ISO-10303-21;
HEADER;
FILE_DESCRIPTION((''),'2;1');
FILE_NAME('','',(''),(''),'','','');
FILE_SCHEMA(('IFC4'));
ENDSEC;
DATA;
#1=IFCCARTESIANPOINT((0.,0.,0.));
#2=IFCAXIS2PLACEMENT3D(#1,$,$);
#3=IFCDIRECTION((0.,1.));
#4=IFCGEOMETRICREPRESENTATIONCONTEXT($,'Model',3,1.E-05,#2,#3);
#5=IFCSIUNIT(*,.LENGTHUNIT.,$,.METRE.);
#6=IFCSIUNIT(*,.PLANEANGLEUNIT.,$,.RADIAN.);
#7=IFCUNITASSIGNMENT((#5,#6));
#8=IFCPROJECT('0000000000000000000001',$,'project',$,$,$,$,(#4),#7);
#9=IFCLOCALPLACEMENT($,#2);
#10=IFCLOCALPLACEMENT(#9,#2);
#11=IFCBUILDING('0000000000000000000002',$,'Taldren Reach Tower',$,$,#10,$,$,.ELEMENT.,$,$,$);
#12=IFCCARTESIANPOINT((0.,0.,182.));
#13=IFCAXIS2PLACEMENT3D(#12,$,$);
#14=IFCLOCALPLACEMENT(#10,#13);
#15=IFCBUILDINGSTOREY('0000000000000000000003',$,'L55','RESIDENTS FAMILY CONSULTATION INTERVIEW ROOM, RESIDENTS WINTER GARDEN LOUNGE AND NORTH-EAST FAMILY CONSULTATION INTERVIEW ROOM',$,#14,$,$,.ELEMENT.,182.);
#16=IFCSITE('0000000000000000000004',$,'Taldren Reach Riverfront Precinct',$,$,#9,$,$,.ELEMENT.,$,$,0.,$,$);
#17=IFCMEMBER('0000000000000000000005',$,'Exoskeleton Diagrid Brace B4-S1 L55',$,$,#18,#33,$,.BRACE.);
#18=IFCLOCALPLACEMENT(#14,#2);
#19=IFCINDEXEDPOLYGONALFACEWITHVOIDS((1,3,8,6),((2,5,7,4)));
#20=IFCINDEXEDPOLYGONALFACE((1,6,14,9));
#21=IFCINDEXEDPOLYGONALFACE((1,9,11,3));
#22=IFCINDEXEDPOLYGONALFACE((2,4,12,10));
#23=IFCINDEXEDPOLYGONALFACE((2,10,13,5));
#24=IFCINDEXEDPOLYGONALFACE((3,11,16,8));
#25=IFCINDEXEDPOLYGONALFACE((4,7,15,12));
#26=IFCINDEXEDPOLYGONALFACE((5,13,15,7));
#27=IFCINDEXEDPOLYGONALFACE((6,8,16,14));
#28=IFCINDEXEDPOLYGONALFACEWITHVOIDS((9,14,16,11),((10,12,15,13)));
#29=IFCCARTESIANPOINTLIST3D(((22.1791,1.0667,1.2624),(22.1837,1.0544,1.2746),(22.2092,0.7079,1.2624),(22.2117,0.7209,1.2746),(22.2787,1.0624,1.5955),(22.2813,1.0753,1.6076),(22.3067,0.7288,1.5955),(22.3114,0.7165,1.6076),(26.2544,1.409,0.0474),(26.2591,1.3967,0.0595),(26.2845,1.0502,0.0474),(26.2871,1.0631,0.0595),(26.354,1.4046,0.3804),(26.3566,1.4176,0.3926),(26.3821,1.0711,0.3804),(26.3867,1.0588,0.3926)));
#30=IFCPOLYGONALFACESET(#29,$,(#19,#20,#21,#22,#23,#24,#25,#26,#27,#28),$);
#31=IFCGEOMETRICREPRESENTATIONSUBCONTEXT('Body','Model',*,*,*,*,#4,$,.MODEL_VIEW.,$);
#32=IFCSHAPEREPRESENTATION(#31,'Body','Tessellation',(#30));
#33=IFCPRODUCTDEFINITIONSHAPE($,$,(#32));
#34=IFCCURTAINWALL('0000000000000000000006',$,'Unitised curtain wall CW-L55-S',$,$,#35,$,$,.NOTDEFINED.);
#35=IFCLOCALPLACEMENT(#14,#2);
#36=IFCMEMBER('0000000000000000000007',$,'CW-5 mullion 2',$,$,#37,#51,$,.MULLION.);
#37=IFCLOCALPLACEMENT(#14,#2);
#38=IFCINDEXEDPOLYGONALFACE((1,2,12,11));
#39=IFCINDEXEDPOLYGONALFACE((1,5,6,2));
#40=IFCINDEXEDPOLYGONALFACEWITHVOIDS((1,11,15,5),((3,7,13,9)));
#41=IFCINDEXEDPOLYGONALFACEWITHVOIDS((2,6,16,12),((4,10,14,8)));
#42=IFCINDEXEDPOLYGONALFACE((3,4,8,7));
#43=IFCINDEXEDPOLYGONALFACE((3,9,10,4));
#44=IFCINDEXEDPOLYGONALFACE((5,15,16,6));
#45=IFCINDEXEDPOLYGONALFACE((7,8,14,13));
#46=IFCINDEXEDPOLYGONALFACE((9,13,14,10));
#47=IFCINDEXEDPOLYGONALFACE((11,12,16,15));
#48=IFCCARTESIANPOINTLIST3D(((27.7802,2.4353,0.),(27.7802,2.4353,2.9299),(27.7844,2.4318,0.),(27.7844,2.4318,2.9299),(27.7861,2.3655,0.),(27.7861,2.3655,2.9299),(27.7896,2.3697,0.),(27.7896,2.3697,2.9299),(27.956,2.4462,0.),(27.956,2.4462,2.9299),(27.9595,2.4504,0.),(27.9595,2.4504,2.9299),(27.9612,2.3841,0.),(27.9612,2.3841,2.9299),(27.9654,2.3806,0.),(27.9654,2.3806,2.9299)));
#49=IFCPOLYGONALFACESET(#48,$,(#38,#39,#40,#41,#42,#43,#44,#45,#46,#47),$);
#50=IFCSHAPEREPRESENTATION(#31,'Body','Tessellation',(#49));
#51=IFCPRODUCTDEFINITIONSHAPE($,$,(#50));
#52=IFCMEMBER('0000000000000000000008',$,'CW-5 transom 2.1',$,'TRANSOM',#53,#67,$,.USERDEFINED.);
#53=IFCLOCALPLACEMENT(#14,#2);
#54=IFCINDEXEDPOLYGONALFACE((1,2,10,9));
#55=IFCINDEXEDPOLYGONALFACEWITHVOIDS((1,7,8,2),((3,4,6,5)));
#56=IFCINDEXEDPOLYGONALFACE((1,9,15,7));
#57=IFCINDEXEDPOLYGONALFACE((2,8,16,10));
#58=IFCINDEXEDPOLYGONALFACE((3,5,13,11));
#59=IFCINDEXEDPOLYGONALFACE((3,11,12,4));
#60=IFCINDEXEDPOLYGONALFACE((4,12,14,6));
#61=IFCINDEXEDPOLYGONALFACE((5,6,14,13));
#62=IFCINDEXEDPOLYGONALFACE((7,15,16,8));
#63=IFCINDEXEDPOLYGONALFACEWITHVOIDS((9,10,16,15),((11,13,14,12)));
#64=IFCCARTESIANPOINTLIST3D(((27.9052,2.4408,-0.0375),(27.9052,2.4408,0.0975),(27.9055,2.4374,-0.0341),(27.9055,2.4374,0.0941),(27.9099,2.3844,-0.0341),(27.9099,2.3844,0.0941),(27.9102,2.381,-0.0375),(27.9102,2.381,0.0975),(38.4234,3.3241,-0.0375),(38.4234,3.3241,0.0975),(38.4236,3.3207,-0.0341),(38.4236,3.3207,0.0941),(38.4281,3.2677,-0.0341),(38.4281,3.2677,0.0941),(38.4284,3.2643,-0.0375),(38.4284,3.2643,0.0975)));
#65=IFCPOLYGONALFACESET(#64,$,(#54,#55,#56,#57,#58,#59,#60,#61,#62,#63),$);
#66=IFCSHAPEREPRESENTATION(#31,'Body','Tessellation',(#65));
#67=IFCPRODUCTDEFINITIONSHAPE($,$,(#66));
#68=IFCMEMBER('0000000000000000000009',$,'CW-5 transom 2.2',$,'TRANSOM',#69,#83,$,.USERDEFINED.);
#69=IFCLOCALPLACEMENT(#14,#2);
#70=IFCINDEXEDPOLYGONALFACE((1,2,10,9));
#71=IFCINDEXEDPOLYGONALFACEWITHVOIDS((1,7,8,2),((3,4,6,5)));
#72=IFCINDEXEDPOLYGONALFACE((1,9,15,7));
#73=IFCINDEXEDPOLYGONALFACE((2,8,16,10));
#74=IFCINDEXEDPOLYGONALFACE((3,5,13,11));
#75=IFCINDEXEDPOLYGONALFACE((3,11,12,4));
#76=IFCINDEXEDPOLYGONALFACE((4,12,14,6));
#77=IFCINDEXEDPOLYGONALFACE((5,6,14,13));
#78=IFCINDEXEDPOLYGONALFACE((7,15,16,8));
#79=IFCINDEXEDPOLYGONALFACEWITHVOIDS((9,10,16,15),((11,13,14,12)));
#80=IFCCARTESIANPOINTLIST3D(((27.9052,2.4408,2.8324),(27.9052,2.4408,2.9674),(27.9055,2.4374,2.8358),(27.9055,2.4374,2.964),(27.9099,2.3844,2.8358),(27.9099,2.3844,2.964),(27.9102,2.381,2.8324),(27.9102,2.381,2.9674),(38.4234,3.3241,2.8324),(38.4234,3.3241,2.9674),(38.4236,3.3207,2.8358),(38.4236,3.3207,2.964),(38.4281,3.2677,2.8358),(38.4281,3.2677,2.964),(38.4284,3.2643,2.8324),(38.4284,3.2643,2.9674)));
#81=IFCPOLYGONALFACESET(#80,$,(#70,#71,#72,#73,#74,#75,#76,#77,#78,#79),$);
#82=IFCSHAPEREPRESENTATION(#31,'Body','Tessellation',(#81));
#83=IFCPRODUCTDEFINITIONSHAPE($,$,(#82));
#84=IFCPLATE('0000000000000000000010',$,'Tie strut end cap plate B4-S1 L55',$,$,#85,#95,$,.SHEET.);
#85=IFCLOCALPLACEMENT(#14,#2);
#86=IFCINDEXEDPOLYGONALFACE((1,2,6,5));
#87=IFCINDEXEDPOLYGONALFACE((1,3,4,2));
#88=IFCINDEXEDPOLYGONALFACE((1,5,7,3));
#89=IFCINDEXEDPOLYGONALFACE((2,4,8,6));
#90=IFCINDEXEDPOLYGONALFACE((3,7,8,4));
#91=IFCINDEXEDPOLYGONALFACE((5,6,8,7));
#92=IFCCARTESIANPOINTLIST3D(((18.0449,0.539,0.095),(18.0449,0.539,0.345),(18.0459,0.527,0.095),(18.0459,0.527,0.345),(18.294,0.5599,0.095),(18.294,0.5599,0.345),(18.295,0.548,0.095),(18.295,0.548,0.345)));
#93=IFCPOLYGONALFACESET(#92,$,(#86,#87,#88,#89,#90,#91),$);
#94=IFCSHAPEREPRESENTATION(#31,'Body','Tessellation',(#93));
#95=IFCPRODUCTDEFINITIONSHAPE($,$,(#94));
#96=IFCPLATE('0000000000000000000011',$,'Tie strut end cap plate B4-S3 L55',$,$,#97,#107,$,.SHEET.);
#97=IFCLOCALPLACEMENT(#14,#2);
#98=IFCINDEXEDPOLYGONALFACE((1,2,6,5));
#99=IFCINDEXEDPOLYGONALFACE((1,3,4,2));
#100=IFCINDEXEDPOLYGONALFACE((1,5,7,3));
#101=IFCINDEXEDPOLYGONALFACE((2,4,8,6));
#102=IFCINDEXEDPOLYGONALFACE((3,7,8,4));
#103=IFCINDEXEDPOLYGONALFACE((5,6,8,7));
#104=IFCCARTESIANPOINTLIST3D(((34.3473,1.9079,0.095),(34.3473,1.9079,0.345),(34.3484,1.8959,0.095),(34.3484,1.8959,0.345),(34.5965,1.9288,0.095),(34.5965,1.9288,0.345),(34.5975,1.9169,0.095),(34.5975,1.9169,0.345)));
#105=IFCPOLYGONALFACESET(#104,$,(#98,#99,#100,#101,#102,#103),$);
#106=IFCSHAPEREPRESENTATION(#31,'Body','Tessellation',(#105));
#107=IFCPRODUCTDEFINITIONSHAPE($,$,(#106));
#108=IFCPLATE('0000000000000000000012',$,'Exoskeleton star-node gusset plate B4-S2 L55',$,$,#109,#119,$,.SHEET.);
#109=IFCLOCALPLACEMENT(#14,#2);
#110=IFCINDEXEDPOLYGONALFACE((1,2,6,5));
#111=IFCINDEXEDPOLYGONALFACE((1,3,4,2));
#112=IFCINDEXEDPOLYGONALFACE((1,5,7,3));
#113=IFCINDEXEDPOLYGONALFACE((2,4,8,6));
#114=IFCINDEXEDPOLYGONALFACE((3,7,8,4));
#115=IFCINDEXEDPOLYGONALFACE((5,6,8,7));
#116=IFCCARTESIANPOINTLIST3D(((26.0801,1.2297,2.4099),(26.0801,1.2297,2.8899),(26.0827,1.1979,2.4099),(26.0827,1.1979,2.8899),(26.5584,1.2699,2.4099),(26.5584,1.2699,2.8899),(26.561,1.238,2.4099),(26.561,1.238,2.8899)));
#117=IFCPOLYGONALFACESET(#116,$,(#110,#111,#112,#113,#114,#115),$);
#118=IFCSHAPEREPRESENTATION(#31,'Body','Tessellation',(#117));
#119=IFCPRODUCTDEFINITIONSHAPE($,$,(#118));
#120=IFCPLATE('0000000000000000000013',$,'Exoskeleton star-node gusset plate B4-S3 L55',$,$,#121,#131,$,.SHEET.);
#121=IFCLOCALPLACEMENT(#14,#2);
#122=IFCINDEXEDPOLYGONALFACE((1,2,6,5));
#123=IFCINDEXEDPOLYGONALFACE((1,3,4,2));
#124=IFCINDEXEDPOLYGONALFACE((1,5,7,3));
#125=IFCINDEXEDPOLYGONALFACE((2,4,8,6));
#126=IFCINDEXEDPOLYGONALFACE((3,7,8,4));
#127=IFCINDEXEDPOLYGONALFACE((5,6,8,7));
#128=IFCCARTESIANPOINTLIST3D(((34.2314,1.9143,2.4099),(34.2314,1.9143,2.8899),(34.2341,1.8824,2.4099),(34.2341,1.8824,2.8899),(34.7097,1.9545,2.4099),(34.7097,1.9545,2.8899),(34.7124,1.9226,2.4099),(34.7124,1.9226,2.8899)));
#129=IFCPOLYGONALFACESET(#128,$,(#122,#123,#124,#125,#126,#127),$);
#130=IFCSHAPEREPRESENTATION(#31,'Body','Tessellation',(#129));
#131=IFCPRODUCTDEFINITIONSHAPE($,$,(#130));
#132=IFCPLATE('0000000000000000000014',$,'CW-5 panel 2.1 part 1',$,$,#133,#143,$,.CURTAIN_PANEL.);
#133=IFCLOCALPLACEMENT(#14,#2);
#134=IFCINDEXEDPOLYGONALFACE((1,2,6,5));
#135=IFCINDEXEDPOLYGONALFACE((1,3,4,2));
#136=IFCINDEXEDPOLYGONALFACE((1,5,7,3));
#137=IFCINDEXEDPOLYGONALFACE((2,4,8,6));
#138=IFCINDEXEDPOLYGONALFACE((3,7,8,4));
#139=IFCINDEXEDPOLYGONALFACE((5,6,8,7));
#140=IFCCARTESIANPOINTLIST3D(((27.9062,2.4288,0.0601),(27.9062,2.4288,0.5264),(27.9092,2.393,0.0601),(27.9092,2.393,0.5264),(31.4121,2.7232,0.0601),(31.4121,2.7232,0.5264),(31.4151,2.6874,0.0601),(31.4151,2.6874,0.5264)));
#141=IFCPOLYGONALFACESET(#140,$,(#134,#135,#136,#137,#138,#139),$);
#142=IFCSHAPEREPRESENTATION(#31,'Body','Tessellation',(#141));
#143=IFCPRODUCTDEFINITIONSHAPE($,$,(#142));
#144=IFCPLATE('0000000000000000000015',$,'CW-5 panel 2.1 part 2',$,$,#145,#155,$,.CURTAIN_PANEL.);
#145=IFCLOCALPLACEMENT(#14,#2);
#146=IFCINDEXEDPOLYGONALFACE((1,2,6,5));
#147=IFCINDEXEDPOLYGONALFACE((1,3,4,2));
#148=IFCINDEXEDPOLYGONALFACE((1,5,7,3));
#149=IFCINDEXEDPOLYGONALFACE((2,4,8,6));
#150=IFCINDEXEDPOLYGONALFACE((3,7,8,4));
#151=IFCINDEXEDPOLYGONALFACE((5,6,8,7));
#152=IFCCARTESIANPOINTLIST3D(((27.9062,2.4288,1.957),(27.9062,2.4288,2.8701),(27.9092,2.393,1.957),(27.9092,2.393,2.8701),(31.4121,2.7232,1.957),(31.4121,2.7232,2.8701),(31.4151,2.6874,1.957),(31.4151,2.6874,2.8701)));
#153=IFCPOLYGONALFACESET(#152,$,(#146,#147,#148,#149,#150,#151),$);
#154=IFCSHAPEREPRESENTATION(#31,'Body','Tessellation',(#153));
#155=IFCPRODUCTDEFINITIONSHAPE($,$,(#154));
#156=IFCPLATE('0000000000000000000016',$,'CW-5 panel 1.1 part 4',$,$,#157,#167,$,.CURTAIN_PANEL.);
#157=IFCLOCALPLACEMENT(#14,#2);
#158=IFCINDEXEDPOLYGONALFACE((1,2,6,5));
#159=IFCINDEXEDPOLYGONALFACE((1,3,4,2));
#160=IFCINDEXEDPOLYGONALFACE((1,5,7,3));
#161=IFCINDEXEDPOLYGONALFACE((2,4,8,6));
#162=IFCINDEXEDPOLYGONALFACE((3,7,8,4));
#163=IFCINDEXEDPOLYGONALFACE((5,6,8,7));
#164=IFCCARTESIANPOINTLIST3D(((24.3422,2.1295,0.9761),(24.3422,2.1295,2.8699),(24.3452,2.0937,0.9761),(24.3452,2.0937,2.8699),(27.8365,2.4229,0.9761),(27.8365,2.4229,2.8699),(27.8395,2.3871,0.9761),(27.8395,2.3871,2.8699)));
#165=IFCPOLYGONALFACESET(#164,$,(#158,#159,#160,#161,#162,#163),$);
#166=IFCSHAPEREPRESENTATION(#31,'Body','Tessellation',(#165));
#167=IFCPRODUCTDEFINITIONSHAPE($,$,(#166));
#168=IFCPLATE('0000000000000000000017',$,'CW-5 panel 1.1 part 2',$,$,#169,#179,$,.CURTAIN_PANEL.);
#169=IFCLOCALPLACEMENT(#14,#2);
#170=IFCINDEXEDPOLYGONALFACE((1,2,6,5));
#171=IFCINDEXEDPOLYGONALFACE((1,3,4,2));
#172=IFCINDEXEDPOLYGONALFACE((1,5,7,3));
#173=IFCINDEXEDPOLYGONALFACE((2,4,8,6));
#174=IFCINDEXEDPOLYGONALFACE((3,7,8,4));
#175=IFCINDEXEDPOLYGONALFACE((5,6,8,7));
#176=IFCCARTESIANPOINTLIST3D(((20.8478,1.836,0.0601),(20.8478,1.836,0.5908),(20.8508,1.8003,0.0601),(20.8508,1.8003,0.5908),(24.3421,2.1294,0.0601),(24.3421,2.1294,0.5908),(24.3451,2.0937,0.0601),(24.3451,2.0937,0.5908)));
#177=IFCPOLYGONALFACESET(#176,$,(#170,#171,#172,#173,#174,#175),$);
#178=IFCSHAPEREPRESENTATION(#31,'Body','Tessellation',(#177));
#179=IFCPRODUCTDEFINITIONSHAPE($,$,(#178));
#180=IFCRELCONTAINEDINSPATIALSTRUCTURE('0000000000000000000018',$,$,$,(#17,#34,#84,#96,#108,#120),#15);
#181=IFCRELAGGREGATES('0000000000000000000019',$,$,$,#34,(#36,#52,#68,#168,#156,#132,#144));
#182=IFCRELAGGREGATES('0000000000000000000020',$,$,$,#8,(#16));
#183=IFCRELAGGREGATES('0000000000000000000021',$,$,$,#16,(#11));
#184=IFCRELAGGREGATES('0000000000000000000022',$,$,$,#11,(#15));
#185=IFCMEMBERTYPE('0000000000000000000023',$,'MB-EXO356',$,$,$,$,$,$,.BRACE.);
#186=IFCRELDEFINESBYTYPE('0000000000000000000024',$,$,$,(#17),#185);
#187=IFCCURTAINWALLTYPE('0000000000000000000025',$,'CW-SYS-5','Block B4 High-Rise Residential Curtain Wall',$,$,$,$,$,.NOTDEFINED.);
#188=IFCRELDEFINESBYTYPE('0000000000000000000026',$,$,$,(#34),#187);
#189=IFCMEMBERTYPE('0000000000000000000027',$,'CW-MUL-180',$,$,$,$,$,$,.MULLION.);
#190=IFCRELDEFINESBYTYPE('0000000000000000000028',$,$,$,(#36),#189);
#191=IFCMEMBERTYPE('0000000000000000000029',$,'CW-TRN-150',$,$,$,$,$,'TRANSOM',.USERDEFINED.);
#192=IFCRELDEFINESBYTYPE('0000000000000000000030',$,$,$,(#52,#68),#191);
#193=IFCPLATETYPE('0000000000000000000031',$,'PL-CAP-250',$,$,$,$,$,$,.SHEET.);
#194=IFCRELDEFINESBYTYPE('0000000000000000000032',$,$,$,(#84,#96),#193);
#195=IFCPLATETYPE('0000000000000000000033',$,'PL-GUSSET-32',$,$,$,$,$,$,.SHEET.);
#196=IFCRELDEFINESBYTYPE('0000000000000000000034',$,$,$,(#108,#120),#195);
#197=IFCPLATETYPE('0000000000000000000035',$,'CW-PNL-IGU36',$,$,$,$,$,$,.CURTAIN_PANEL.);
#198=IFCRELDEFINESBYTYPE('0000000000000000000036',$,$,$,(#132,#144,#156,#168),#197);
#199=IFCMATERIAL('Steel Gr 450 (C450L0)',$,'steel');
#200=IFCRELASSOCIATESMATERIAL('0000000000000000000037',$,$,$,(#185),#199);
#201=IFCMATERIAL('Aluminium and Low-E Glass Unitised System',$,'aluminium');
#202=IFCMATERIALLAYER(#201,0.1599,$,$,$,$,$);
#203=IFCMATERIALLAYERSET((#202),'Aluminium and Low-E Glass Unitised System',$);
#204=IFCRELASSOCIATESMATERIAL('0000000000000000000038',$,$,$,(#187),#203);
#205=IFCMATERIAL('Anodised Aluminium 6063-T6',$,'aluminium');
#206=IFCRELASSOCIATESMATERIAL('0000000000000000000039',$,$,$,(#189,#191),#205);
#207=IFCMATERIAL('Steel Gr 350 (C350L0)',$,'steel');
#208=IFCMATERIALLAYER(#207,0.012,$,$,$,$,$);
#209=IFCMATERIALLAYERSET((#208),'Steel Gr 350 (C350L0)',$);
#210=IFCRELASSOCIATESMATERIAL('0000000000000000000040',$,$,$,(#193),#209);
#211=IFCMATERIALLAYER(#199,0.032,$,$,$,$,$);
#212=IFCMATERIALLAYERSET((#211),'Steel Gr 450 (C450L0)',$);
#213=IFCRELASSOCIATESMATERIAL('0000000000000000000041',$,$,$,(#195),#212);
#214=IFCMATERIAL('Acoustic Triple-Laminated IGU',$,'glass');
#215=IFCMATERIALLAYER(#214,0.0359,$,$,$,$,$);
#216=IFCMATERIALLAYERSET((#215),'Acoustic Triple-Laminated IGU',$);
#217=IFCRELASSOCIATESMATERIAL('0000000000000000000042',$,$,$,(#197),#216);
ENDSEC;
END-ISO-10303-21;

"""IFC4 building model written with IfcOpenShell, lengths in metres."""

from ifc_helpers import new_model, si_unit, direction, frame, origin, origin_2d, place, context, subcontext, project, spatial, rectangle, hollow_rectangle, extrude, source, transform, mapped, material, layer, layer_set, material_profile, profile_set, type_object, element, aggregate, save


model = new_model("IFC4")

# Units and contexts
model_context = context("Model", 3, precision=1e-05, world=origin(), true_north=direction((0.0, 1.0)))
body_context = subcontext(model_context, "Body", "Model", "MODEL_VIEW")
ifc_project = project(units=[si_unit("LENGTHUNIT", "METRE"), si_unit("PLANEANGLEUNIT", "RADIAN")], contexts=[model_context])

# Site, building, storey
site_placement = place(None, origin())
site = spatial("IfcSite", under=ifc_project, at=site_placement, Name="Taldren Reach Riverfront Precinct", CompositionType="ELEMENT", RefElevation=0.0)
building_placement = place(site_placement, origin())
building = spatial("IfcBuilding", under=site, at=building_placement, Name="Taldren Reach Tower", CompositionType="ELEMENT")
storey_placement = place(building_placement, frame((0.0, 0.0, 182.0)))
storey = spatial("IfcBuildingStorey", under=building, at=storey_placement, Name="L55", Description="RESIDENTS FAMILY CONSULTATION INTERVIEW ROOM, RESIDENTS WINTER GARDEN LOUNGE AND NORTH-EAST FAMILY CONSULTATION INTERVIEW ROOM", CompositionType="ELEMENT", Elevation=182.0)

# Shared definitions
ifc_material_1 = material(Name="Steel Gr 350 (C350L0)", Category="steel")

# Member
ifc_material_2 = material(Name="Steel Gr 450 (C450L0)", Category="steel")
ifc_material_profile_1 = material_profile(ifc_material_2, hollow_rectangle(XDim=0.3601, YDim=0.3601, WallThickness=0.0127, at=origin_2d()), Name="360x360x12.7SHS")
ifc_profile_set_1 = profile_set([ifc_material_profile_1], Name="Steel Gr 450 (C450L0)")
member_type_1 = type_object("IfcMemberType", Name="MB-EXO356", PredefinedType="BRACE", material=ifc_profile_set_1)
shared_shape_1 = source(origin(), body_context, "Body", "SweptSolid", [
    extrude(hollow_rectangle(XDim=0.3601, YDim=0.3601, WallThickness=0.0127, at=origin_2d()), origin(), (0.0, 0.0, 1.0), 4.2664),
])
member_1_placement = place(storey_placement, frame((26.3206, 1.2339, 0.22), z_axis=(-0.955224, -0.080227, 0.284799), x_axis=(0.083693, -0.996492, 0.0)))
element("IfcMember", 1, at=member_1_placement, inside=storey, type_object=member_type_1, Name="Exoskeleton Diagrid Brace B4-S1 L55", PredefinedType="BRACE", context=body_context, shape_type="MappedRepresentation", body=[
    mapped(shared_shape_1, transform((0.0, 0.0, 0.0), scale=1.0)),
])

# Curtain wall, members
ifc_material_3 = material(Name="Aluminium and Low-E Glass Unitised System", Category="aluminium")
ifc_layer_1 = layer(ifc_material_3, 0.1599)
ifc_layer_set_1 = layer_set([ifc_layer_1], Name="Aluminium and Low-E Glass Unitised System")
curtain_wall_type = type_object("IfcCurtainWallType", Name="CW-SYS-5", Description="Block B4 High-Rise Residential Curtain Wall", PredefinedType="NOTDEFINED", material=ifc_layer_set_1)
curtain_wall_placement = place(storey_placement, origin())
curtain_wall = element("IfcCurtainWall", 2, at=curtain_wall_placement, inside=storey, type_object=curtain_wall_type, Name="Unitised curtain wall CW-L55-S", PredefinedType="NOTDEFINED")
ifc_material_4 = material(Name="Anodised Aluminium 6063-T6", Category="aluminium")
ifc_material_profile_2 = material_profile(ifc_material_4, hollow_rectangle(XDim=0.0701, YDim=0.1799, WallThickness=0.0039, at=origin_2d()), Name="ALU-180x70x4RHS")
ifc_profile_set_2 = profile_set([ifc_material_profile_2], Name="Anodised Aluminium 6063-T6")
member_type_2 = type_object("IfcMemberType", Name="CW-MUL-180", PredefinedType="MULLION", material=ifc_profile_set_2)
shared_shape_2 = source(origin(), body_context, "Body", "SweptSolid", [
    extrude(hollow_rectangle(XDim=0.0701, YDim=0.1799, WallThickness=0.0039, at=origin_2d()), origin(), (0.0, 0.0, 1.0), 2.9299),
])
member_2_placement = place(storey_placement, frame((27.8728, 2.408, 0.0), z_axis=(0.0, 0.0, 1.0), x_axis=(-0.083678, 0.996493, 0.0)))
member_2 = element("IfcMember", 3, at=member_2_placement, type_object=member_type_2, Name="CW-5 mullion 2", PredefinedType="MULLION", context=body_context, shape_type="MappedRepresentation", body=[
    mapped(shared_shape_2, transform((0.0, 0.0, 0.0), scale=1.0)),
])
ifc_material_profile_3 = material_profile(ifc_material_4, hollow_rectangle(XDim=0.0601, YDim=0.135, WallThickness=0.0034, at=origin_2d()), Name="ALU-135x60x3.5RHS")
ifc_profile_set_3 = profile_set([ifc_material_profile_3], Name="Anodised Aluminium 6063-T6")
member_type_3 = type_object("IfcMemberType", Name="CW-TRN-150", ElementType="TRANSOM", PredefinedType="USERDEFINED", material=ifc_profile_set_3)
shared_shape_3 = source(origin(), body_context, "Body", "SweptSolid", [
    extrude(hollow_rectangle(XDim=0.0601, YDim=0.135, WallThickness=0.0034, at=origin_2d()), origin(), (0.0, 0.0, 1.0), 10.5552),
])
member_3_placement = place(storey_placement, frame((27.9077, 2.4109, 0.03), z_axis=(0.996492, 0.083685, 0.0), x_axis=(-0.083685, 0.996492, 0.0)))
member_3 = element("IfcMember", 4, at=member_3_placement, type_object=member_type_3, Name="CW-5 transom 2.1", ObjectType="TRANSOM", PredefinedType="USERDEFINED", context=body_context, shape_type="MappedRepresentation", body=[
    mapped(shared_shape_3, transform((0.0, 0.0, 0.0), scale=1.0)),
])
member_4_placement = place(storey_placement, frame((27.9077, 2.4109, 2.8999), z_axis=(0.996492, 0.083685, 0.0), x_axis=(-0.083685, 0.996492, 0.0)))
member_4 = element("IfcMember", 5, at=member_4_placement, type_object=member_type_3, Name="CW-5 transom 2.2", ObjectType="TRANSOM", PredefinedType="USERDEFINED", context=body_context, shape_type="MappedRepresentation", body=[
    mapped(shared_shape_3, transform((0.0, 0.0, 0.0), scale=1.0)),
])

# Plates
ifc_layer_2 = layer(ifc_material_1, 0.012)
ifc_layer_set_2 = layer_set([ifc_layer_2], Name="Steel Gr 350 (C350L0)")
plate_type_1 = type_object("IfcPlateType", Name="PL-CAP-250", PredefinedType="SHEET", material=ifc_layer_set_2)
shared_shape_4 = source(origin(), body_context, "Body", "SweptSolid", [
    extrude(rectangle(XDim=0.25, YDim=0.012, at=origin_2d()), origin(), (0.0, 0.0, 1.0), 0.25),
])
for number, where, z_axis, x_axis, name in (
    (6, (18.1699, 0.5435, 0.095), (0.0, 0.0, 1.0), (0.996493, 0.083678, 0.0), "Tie strut end cap plate B4-S1 L55"),
    (7, (34.4724, 1.9124, 0.095), (0.0, 0.0, 1.0), (0.996493, 0.083678, 0.0), "Tie strut end cap plate B4-S3 L55"),
):
    element("IfcPlate", number, at=place(storey_placement, frame(where, z_axis=z_axis, x_axis=x_axis)), inside=storey, type_object=plate_type_1, Name=name, PredefinedType="SHEET", context=body_context, shape_type="MappedRepresentation", body=[
        mapped(shared_shape_4, transform((0.0, 0.0, 0.0), scale=1.0)),
    ])
ifc_layer_3 = layer(ifc_material_2, 0.032)
ifc_layer_set_3 = layer_set([ifc_layer_3], Name="Steel Gr 450 (C450L0)")
plate_type_2 = type_object("IfcPlateType", Name="PL-GUSSET-32", PredefinedType="SHEET", material=ifc_layer_set_3)
shared_shape_5 = source(origin(), body_context, "Body", "SweptSolid", [
    extrude(rectangle(XDim=0.48, YDim=0.032, at=origin_2d()), origin(), (0.0, 0.0, 1.0), 0.48),
])
for number, where, z_axis, x_axis, name in (
    (8, (26.3206, 1.2339, 2.4099), (0.0, 0.0, 1.0), (0.996493, 0.083678, 0.0), "Exoskeleton star-node gusset plate B4-S2 L55"),
    (9, (34.4719, 1.9185, 2.4099), (0.0, 0.0, 1.0), (0.996493, 0.083678, 0.0), "Exoskeleton star-node gusset plate B4-S3 L55"),
):
    element("IfcPlate", number, at=place(storey_placement, frame(where, z_axis=z_axis, x_axis=x_axis)), inside=storey, type_object=plate_type_2, Name=name, PredefinedType="SHEET", context=body_context, shape_type="MappedRepresentation", body=[
        mapped(shared_shape_5, transform((0.0, 0.0, 0.0), scale=1.0)),
    ])

# Plates
ifc_material_5 = material(Name="Acoustic Triple-Laminated IGU", Category="glass")
ifc_layer_4 = layer(ifc_material_5, 0.0359)
ifc_layer_set_4 = layer_set([ifc_layer_4], Name="Acoustic Triple-Laminated IGU")
plate_type_3 = type_object("IfcPlateType", Name="CW-PNL-IGU36", PredefinedType="CURTAIN_PANEL", material=ifc_layer_set_4)
shared_shape_6 = source(origin(), body_context, "Body", "SweptSolid", [
    extrude(rectangle(XDim=3.5183, YDim=0.0359, at=origin_2d()), origin(), (0.0, 0.0, 1.0), 0.4663),
])
plate_1_placement = place(storey_placement, frame((29.6606, 2.5581, 0.0601), z_axis=(0.0, 0.0, 1.0), x_axis=(0.996493, 0.083678, 0.0)))
plate_1 = element("IfcPlate", 10, at=plate_1_placement, type_object=plate_type_3, Name="CW-5 panel 2.1 part 1", PredefinedType="CURTAIN_PANEL", context=body_context, shape_type="MappedRepresentation", body=[
    mapped(shared_shape_6, transform((0.0, 0.0, 0.0), scale=1.0)),
])
shared_shape_7 = source(origin(), body_context, "Body", "SweptSolid", [
    extrude(rectangle(XDim=3.5183, YDim=0.0359, at=origin_2d()), origin(), (0.0, 0.0, 1.0), 0.9131),
])
plate_2_placement = place(storey_placement, frame((29.6606, 2.5581, 1.957), z_axis=(0.0, 0.0, 1.0), x_axis=(0.996493, 0.083678, 0.0)))
plate_2 = element("IfcPlate", 11, at=plate_2_placement, type_object=plate_type_3, Name="CW-5 panel 2.1 part 2", PredefinedType="CURTAIN_PANEL", context=body_context, shape_type="MappedRepresentation", body=[
    mapped(shared_shape_7, transform((0.0, 0.0, 0.0), scale=1.0)),
])
shared_shape_8 = source(origin(), body_context, "Body", "SweptSolid", [
    extrude(rectangle(XDim=3.5066, YDim=0.0359, at=origin_2d()), origin(), (0.0, 0.0, 1.0), 1.8938),
])
plate_3_placement = place(storey_placement, frame((26.0908, 2.2583, 0.9761), z_axis=(0.0, 0.0, 1.0), x_axis=(0.996493, 0.083678, 0.0)))
plate_3 = element("IfcPlate", 12, at=plate_3_placement, type_object=plate_type_3, Name="CW-5 panel 1.1 part 4", PredefinedType="CURTAIN_PANEL", context=body_context, shape_type="MappedRepresentation", body=[
    mapped(shared_shape_8, transform((0.0, 0.0, 0.0), scale=1.0)),
])
shared_shape_9 = source(origin(), body_context, "Body", "SweptSolid", [
    extrude(rectangle(XDim=3.5066, YDim=0.0359, at=origin_2d()), origin(), (0.0, 0.0, 1.0), 0.5308),
])
plate_4_placement = place(storey_placement, frame((22.5964, 1.9648, 0.0601), z_axis=(0.0, 0.0, 1.0), x_axis=(0.996493, 0.083678, 0.0)))
plate_4 = element("IfcPlate", 13, at=plate_4_placement, type_object=plate_type_3, Name="CW-5 panel 1.1 part 2", PredefinedType="CURTAIN_PANEL", context=body_context, shape_type="MappedRepresentation", body=[
    mapped(shared_shape_9, transform((0.0, 0.0, 0.0), scale=1.0)),
])
aggregate(curtain_wall, [member_2, member_3, member_4, plate_4, plate_3, plate_1, plate_2])

save(model, "model.ifc")
